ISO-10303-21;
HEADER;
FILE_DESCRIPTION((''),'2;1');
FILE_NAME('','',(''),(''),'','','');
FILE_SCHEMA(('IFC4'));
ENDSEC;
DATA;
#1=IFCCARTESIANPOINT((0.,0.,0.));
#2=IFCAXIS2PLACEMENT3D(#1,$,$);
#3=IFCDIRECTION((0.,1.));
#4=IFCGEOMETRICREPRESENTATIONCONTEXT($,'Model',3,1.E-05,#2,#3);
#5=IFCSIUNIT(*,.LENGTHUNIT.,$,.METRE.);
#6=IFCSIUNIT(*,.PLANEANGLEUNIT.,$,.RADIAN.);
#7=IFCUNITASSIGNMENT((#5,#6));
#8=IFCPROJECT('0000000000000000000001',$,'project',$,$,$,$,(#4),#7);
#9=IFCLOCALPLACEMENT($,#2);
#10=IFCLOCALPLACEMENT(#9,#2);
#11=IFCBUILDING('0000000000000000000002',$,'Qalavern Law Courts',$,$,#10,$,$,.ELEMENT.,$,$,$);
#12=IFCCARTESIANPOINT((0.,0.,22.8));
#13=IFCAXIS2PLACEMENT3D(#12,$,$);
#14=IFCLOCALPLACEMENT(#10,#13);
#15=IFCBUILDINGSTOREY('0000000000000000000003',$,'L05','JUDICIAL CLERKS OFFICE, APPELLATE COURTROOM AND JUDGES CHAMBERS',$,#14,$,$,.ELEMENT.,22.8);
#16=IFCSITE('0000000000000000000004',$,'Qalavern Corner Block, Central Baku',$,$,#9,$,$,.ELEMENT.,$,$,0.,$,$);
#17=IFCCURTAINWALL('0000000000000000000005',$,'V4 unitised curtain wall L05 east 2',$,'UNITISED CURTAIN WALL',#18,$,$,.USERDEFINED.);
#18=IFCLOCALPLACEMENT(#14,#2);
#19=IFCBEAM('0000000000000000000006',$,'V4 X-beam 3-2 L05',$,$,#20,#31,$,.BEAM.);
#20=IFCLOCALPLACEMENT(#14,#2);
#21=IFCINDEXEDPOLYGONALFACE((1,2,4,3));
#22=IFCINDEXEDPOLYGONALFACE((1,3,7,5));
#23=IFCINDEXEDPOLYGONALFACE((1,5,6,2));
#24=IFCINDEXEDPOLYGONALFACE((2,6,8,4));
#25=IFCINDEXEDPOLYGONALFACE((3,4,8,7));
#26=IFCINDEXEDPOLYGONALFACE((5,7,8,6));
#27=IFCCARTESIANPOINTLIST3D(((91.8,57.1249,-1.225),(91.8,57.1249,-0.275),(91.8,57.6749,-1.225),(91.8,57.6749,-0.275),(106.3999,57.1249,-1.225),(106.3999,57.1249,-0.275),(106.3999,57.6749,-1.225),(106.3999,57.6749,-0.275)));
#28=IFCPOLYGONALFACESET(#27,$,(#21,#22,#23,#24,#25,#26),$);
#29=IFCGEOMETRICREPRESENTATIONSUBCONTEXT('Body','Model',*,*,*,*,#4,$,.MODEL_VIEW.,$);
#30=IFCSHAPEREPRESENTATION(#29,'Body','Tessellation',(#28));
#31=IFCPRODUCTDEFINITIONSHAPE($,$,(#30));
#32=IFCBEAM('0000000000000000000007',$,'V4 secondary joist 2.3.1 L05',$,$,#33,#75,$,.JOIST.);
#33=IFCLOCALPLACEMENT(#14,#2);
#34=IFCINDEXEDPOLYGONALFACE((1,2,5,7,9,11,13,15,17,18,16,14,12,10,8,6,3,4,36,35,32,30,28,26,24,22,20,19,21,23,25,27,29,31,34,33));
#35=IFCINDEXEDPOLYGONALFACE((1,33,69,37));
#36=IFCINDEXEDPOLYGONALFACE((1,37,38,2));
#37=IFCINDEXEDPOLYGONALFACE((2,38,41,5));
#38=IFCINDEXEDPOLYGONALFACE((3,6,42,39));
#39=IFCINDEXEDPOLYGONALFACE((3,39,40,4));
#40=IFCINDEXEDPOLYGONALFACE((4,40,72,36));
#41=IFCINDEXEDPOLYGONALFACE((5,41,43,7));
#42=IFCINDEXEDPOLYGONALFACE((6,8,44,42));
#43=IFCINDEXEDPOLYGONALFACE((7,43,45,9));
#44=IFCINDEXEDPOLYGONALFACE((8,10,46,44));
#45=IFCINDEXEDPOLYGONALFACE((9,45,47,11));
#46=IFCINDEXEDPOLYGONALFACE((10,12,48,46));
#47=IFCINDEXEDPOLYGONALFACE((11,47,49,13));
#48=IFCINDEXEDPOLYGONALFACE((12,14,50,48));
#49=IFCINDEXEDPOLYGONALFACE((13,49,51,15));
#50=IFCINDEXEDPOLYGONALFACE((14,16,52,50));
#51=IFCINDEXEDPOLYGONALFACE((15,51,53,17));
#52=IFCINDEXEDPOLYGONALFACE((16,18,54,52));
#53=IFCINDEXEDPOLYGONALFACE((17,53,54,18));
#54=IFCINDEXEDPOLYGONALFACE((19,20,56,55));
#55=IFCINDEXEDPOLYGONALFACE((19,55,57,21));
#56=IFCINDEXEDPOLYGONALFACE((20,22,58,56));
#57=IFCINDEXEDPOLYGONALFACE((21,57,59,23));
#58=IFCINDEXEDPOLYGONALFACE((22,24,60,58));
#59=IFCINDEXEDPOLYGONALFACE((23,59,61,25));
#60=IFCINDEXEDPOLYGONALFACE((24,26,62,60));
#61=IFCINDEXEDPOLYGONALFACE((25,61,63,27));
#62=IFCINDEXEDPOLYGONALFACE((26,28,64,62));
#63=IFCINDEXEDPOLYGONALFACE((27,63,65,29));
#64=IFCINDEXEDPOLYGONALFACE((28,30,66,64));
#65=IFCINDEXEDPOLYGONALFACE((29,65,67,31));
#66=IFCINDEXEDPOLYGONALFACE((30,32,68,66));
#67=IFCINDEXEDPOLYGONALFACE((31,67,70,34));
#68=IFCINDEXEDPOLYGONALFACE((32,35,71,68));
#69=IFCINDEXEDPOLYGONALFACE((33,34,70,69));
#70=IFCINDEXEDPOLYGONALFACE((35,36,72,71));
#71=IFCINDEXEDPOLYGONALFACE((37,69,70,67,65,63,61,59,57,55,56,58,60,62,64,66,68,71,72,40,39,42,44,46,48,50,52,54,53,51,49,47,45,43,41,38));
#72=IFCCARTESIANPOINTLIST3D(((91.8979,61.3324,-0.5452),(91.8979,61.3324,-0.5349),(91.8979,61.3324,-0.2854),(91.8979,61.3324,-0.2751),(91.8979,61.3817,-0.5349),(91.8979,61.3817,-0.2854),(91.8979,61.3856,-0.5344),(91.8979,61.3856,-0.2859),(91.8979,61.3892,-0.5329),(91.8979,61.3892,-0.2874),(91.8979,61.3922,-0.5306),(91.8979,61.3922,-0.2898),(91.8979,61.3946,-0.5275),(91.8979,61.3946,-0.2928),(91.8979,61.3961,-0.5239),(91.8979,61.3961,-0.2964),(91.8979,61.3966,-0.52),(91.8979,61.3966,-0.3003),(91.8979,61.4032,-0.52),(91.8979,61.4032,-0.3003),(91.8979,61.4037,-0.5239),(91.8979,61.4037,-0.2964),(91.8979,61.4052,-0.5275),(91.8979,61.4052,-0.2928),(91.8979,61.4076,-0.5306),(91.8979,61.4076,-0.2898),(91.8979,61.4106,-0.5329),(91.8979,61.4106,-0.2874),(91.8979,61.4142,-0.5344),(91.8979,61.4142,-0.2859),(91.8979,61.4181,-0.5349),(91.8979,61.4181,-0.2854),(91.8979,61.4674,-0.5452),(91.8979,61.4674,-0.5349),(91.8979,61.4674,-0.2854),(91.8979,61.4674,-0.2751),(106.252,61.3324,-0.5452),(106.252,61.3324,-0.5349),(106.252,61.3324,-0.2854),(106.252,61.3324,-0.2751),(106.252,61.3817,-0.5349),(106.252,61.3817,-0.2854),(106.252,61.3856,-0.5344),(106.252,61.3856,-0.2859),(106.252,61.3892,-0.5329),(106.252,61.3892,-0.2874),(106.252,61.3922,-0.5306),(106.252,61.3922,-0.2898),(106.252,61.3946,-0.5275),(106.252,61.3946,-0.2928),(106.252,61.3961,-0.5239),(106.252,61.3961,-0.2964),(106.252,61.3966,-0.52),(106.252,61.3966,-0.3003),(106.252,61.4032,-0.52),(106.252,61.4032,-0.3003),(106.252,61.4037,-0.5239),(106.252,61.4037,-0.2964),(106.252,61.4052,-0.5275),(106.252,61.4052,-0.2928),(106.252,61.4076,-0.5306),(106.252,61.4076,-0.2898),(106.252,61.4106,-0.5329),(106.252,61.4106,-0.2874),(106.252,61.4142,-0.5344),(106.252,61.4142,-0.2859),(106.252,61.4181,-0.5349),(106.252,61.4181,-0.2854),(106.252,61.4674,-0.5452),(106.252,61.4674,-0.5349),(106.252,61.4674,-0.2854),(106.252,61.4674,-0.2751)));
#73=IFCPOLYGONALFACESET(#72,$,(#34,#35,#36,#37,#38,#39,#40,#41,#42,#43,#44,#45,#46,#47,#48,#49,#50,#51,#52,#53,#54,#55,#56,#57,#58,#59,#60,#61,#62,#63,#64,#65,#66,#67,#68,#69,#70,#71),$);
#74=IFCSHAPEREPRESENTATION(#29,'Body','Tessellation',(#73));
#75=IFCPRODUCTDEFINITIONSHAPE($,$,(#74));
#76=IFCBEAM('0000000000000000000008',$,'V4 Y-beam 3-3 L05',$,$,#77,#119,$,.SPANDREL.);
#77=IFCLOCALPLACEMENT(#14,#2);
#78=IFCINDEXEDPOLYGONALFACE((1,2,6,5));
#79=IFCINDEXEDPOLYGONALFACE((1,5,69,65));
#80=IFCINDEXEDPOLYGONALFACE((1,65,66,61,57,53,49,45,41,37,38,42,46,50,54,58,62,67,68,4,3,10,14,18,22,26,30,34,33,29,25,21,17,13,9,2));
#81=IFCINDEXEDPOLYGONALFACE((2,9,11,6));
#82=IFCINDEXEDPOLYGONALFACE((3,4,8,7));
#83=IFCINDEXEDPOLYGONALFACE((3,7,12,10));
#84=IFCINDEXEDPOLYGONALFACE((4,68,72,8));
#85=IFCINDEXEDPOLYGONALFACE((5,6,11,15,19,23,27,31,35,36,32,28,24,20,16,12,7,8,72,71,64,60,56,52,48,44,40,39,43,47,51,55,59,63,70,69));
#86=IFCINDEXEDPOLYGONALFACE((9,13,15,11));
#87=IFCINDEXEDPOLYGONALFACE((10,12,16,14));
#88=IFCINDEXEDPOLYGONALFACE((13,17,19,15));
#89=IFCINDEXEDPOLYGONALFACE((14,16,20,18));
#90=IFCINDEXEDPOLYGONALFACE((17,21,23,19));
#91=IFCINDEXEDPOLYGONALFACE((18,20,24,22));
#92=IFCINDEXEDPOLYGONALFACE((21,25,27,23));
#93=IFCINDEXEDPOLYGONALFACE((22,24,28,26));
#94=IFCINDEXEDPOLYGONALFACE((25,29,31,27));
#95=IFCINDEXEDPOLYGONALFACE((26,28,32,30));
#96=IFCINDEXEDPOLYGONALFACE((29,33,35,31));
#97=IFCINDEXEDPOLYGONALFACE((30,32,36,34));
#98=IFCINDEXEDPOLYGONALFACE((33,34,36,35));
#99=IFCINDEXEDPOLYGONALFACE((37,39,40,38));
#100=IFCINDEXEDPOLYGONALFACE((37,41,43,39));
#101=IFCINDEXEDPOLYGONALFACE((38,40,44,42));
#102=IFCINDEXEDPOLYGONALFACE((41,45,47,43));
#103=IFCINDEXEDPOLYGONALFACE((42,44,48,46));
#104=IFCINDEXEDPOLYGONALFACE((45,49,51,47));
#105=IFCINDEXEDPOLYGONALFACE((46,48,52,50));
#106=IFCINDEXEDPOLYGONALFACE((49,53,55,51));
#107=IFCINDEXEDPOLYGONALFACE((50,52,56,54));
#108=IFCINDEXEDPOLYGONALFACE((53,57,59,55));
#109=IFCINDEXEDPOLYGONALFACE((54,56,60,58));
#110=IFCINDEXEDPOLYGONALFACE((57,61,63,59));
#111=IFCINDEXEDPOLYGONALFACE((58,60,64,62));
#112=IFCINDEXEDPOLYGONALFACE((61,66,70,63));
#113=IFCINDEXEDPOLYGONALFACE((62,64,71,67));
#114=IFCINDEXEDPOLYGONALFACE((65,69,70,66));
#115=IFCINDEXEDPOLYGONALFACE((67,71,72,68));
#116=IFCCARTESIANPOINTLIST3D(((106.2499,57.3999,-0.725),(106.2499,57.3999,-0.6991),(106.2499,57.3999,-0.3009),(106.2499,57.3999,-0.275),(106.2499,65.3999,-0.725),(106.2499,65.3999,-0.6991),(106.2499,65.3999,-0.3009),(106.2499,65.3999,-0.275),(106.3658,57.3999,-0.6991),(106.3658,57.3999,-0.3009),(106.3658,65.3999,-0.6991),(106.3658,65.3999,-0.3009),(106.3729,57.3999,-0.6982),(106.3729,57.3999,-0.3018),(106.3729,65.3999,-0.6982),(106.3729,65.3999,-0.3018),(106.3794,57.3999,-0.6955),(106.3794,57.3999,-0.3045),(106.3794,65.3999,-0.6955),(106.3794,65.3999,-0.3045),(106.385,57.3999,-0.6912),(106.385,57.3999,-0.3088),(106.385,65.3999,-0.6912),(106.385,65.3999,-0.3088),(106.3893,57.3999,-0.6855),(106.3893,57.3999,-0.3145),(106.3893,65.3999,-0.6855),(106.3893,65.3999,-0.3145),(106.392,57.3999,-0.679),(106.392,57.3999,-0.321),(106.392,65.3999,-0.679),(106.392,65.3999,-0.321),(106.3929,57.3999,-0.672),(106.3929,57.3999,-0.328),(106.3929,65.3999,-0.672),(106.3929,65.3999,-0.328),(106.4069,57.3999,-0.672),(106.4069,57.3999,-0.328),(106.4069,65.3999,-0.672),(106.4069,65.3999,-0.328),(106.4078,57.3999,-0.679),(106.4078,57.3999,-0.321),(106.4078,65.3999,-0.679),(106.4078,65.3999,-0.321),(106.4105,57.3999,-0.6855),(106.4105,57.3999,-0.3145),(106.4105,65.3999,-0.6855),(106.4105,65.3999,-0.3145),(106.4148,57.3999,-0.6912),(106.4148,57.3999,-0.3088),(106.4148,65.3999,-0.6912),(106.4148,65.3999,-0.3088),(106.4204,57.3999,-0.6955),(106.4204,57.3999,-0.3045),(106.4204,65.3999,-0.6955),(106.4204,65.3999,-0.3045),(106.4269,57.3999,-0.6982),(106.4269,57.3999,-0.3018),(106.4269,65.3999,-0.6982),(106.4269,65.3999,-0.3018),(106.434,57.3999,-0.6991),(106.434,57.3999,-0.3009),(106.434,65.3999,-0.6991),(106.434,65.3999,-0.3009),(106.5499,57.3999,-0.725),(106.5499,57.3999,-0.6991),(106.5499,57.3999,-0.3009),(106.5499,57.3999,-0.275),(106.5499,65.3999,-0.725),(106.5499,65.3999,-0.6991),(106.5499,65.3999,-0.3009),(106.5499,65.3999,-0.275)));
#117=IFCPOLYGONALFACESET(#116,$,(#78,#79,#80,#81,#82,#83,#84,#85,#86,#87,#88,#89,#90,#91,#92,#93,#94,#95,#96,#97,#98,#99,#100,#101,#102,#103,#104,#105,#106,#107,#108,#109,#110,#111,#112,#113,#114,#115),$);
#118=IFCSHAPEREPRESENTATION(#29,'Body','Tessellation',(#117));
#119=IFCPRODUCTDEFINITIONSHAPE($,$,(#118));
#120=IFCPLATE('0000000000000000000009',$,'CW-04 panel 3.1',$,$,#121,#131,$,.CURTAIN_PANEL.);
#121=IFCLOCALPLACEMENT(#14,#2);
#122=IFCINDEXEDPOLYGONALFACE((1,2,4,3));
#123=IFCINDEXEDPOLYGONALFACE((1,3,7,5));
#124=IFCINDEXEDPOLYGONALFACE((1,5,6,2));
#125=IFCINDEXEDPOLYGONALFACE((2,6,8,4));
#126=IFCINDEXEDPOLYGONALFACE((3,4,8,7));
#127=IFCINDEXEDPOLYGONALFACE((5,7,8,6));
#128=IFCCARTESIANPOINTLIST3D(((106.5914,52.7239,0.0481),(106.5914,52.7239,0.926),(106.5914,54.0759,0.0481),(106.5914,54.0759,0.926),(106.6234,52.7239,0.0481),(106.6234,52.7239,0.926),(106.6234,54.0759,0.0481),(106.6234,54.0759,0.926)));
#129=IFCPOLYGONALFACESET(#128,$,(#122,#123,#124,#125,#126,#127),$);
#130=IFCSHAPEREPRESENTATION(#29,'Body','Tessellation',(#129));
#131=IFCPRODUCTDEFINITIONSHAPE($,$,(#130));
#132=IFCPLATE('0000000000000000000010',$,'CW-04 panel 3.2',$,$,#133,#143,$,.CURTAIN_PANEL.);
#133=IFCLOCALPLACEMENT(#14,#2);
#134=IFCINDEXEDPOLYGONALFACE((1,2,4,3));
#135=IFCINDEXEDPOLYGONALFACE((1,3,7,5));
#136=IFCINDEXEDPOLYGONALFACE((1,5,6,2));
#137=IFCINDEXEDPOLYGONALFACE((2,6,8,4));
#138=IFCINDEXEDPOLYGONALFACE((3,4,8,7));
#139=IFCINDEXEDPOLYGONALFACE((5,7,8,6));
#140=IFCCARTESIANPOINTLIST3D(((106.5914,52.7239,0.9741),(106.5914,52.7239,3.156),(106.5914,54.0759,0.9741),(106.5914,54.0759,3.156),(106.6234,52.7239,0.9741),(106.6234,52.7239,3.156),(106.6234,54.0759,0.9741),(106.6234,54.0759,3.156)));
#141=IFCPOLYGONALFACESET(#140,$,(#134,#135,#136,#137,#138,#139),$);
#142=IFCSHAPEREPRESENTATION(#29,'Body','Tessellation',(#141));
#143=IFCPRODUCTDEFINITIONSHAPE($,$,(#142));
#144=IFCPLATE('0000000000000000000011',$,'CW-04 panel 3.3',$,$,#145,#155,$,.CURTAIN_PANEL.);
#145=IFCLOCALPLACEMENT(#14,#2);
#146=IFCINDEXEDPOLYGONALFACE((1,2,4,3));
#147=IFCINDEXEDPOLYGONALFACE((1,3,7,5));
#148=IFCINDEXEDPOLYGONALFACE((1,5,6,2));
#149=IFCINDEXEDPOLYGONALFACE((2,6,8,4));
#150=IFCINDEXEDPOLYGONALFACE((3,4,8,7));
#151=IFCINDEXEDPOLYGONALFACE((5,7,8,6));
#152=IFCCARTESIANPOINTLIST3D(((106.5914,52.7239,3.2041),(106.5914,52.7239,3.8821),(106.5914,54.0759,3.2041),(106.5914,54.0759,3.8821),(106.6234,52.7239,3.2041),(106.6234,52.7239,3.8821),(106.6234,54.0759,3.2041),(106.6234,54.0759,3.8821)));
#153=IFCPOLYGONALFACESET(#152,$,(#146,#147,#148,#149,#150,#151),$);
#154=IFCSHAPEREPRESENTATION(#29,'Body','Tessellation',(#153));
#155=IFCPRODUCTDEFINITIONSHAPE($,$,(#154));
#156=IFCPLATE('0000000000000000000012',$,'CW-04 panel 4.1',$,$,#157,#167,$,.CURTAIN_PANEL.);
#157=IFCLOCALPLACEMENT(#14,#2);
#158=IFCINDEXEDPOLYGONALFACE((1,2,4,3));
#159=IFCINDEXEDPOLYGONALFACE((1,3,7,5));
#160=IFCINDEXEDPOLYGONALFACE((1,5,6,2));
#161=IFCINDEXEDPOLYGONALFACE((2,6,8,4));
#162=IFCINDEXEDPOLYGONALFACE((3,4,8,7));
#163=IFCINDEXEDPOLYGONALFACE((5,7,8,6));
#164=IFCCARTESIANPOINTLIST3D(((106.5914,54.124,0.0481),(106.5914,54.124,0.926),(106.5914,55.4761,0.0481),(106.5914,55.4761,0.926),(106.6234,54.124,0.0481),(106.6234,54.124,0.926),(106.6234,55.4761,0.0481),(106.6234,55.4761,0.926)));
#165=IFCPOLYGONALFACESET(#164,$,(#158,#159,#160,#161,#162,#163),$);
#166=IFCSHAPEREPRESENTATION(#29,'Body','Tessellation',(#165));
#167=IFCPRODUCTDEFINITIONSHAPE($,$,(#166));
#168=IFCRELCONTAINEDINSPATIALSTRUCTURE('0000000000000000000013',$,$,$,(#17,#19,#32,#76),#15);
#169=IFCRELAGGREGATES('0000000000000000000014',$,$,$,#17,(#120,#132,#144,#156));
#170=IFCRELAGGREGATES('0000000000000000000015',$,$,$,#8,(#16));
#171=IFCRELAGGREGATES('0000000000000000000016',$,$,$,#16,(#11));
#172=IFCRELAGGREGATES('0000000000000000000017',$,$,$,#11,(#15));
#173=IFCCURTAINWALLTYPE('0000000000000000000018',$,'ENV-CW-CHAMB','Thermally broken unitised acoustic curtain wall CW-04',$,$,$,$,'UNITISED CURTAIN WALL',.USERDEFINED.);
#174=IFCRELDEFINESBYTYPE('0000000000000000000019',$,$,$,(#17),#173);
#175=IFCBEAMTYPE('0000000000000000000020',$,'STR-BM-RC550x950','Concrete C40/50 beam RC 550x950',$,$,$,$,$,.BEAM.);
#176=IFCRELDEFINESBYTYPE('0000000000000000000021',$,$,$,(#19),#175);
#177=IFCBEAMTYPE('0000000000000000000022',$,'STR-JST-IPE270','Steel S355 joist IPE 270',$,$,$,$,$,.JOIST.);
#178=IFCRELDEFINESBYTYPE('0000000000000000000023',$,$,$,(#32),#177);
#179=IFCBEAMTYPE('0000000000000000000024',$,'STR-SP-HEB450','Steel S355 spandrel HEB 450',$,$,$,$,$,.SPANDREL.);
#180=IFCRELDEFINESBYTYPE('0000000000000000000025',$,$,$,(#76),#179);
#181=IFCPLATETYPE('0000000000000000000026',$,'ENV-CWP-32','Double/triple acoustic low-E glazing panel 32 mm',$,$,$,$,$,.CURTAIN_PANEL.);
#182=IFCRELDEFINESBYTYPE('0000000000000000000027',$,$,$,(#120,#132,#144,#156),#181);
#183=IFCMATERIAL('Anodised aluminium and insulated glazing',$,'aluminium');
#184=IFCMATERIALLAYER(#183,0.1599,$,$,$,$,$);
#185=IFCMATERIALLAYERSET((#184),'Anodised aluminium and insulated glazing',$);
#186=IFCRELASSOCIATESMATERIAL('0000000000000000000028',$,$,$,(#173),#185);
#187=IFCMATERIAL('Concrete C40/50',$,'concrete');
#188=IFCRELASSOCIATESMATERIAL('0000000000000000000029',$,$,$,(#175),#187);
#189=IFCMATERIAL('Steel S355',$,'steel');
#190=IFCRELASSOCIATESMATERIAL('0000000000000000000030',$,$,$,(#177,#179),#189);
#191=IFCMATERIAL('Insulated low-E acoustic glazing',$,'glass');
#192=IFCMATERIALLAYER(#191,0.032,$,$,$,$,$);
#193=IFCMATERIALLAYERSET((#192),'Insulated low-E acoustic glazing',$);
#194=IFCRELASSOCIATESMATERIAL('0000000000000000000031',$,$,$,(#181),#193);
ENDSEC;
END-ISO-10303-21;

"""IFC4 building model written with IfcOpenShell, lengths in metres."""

from ifc_helpers import new_model, si_unit, direction, frame, origin, origin_2d, place, context, subcontext, project, spatial, rectangle, i_section, extrude, material, layer, layer_set, material_profile, profile_set, type_object, element, aggregate, save


model = new_model("IFC4")

# Units and contexts
model_context = context("Model", 3, precision=1e-05, world=origin(), true_north=direction((0.0, 1.0)))
body_context = subcontext(model_context, "Body", "Model", "MODEL_VIEW")
ifc_project = project(units=[si_unit("LENGTHUNIT", "METRE"), si_unit("PLANEANGLEUNIT", "RADIAN")], contexts=[model_context])

# Site, building, storey
site_placement = place(None, origin())
site = spatial("IfcSite", under=ifc_project, at=site_placement, Name="Qalavern Corner Block, Central Baku", CompositionType="ELEMENT", RefElevation=0.0)
building_placement = place(site_placement, origin())
building = spatial("IfcBuilding", under=site, at=building_placement, Name="Qalavern Law Courts", CompositionType="ELEMENT")
storey_placement = place(building_placement, frame((0.0, 0.0, 22.8)))
storey = spatial("IfcBuildingStorey", under=building, at=storey_placement, Name="L05", Description="JUDICIAL CLERKS OFFICE, APPELLATE COURTROOM AND JUDGES CHAMBERS", CompositionType="ELEMENT", Elevation=22.8)

# Curtain wall
ifc_material_1 = material(Name="Anodised aluminium and insulated glazing", Category="aluminium")
ifc_layer_1 = layer(ifc_material_1, 0.1599)
ifc_layer_set_1 = layer_set([ifc_layer_1], Name="Anodised aluminium and insulated glazing")
curtain_wall_type = type_object("IfcCurtainWallType", Name="ENV-CW-CHAMB", Description="Thermally broken unitised acoustic curtain wall CW-04", ElementType="UNITISED CURTAIN WALL", PredefinedType="USERDEFINED", material=ifc_layer_set_1)
curtain_wall_placement = place(storey_placement, origin())
curtain_wall = element("IfcCurtainWall", 1, at=curtain_wall_placement, inside=storey, type_object=curtain_wall_type, Name="V4 unitised curtain wall L05 east 2", ObjectType="UNITISED CURTAIN WALL", PredefinedType="USERDEFINED")

# Beams
ifc_material_2 = material(Name="Steel S355", Category="steel")
ifc_material_3 = material(Name="Concrete C40/50", Category="concrete")
ifc_material_profile_1 = material_profile(ifc_material_3, rectangle(XDim=0.55, YDim=0.95, at=origin_2d()), Name="RC 550x950")
ifc_profile_set_1 = profile_set([ifc_material_profile_1], Name="Concrete C40/50")
beam_type_1 = type_object("IfcBeamType", Name="STR-BM-RC550x950", Description="Concrete C40/50 beam RC 550x950", PredefinedType="BEAM", material=ifc_profile_set_1)
beam_1_placement = place(storey_placement, frame((91.8, 57.3999, -0.75), z_axis=(1.0, 0.0, 0.0), x_axis=(0.0, 1.0, 0.0)))
element("IfcBeam", 2, at=beam_1_placement, inside=storey, type_object=beam_type_1, Name="V4 X-beam 3-2 L05", PredefinedType="BEAM", context=body_context, shape_type="SweptSolid", body=[
    extrude(rectangle(XDim=0.55, YDim=0.95, at=origin_2d()), origin(), (0.0, 0.0, 1.0), 14.5999),
])
ifc_material_profile_2 = material_profile(ifc_material_2, i_section(OverallWidth=0.135, OverallDepth=0.27, WebThickness=0.0066, FlangeThickness=0.0103, FilletRadius=0.0149, at=origin_2d()), Name="IPE 270")
ifc_profile_set_2 = profile_set([ifc_material_profile_2], Name="Steel S355")
beam_type_2 = type_object("IfcBeamType", Name="STR-JST-IPE270", Description="Steel S355 joist IPE 270", PredefinedType="JOIST", material=ifc_profile_set_2)
beam_2_placement = place(storey_placement, frame((91.8979, 61.3999, -0.4102), z_axis=(1.0, 0.0, 0.0), x_axis=(0.0, 1.0, 0.0)))
element("IfcBeam", 3, at=beam_2_placement, inside=storey, type_object=beam_type_2, Name="V4 secondary joist 2.3.1 L05", PredefinedType="JOIST", context=body_context, shape_type="SweptSolid", body=[
    extrude(i_section(OverallWidth=0.135, OverallDepth=0.27, WebThickness=0.0066, FlangeThickness=0.0103, FilletRadius=0.0149, at=origin_2d()), origin(), (0.0, 0.0, 1.0), 14.354),
])
ifc_material_profile_3 = material_profile(ifc_material_2, i_section(OverallWidth=0.3, OverallDepth=0.45, WebThickness=0.0139, FlangeThickness=0.0259, FilletRadius=0.0271, at=origin_2d()), Name="HEB 450")
ifc_profile_set_3 = profile_set([ifc_material_profile_3], Name="Steel S355")
beam_type_3 = type_object("IfcBeamType", Name="STR-SP-HEB450", Description="Steel S355 spandrel HEB 450", PredefinedType="SPANDREL", material=ifc_profile_set_3)
beam_3_placement = place(storey_placement, frame((106.3999, 57.3999, -0.5), z_axis=(0.0, 1.0, 0.0), x_axis=(-1.0, 0.0, 0.0)))
element("IfcBeam", 4, at=beam_3_placement, inside=storey, type_object=beam_type_3, Name="V4 Y-beam 3-3 L05", PredefinedType="SPANDREL", context=body_context, shape_type="SweptSolid", body=[
    extrude(i_section(OverallWidth=0.3, OverallDepth=0.45, WebThickness=0.0139, FlangeThickness=0.0259, FilletRadius=0.0271, at=origin_2d()), origin(), (0.0, 0.0, 1.0), 8.0),
])

# Plates
ifc_material_4 = material(Name="Insulated low-E acoustic glazing", Category="glass")
ifc_layer_2 = layer(ifc_material_4, 0.032)
ifc_layer_set_2 = layer_set([ifc_layer_2], Name="Insulated low-E acoustic glazing")
plate_type = type_object("IfcPlateType", Name="ENV-CWP-32", Description="Double/triple acoustic low-E glazing panel 32 mm", PredefinedType="CURTAIN_PANEL", material=ifc_layer_set_2)
plate_1_placement = place(storey_placement, frame((106.6074, 53.3999, 0.0481), z_axis=(0.0, 0.0, 1.0), x_axis=(0.0, 1.0, 0.0)))
plate_1 = element("IfcPlate", 5, at=plate_1_placement, type_object=plate_type, Name="CW-04 panel 3.1", PredefinedType="CURTAIN_PANEL", context=body_context, shape_type="SweptSolid", body=[
    extrude(rectangle(XDim=1.3521, YDim=0.032, at=origin_2d()), origin(), (0.0, 0.0, 1.0), 0.8779),
])
plate_2_placement = place(storey_placement, frame((106.6074, 53.3999, 0.9741), z_axis=(0.0, 0.0, 1.0), x_axis=(0.0, 1.0, 0.0)))
plate_2 = element("IfcPlate", 6, at=plate_2_placement, type_object=plate_type, Name="CW-04 panel 3.2", PredefinedType="CURTAIN_PANEL", context=body_context, shape_type="SweptSolid", body=[
    extrude(rectangle(XDim=1.3521, YDim=0.032, at=origin_2d()), origin(), (0.0, 0.0, 1.0), 2.1819),
])
plate_3_placement = place(storey_placement, frame((106.6074, 53.3999, 3.2041), z_axis=(0.0, 0.0, 1.0), x_axis=(0.0, 1.0, 0.0)))
plate_3 = element("IfcPlate", 7, at=plate_3_placement, type_object=plate_type, Name="CW-04 panel 3.3", PredefinedType="CURTAIN_PANEL", context=body_context, shape_type="SweptSolid", body=[
    extrude(rectangle(XDim=1.3521, YDim=0.032, at=origin_2d()), origin(), (0.0, 0.0, 1.0), 0.678),
])
plate_4_placement = place(storey_placement, frame((106.6074, 54.8, 0.0481), z_axis=(0.0, 0.0, 1.0), x_axis=(0.0, 1.0, 0.0)))
plate_4 = element("IfcPlate", 8, at=plate_4_placement, type_object=plate_type, Name="CW-04 panel 4.1", PredefinedType="CURTAIN_PANEL", context=body_context, shape_type="SweptSolid", body=[
    extrude(rectangle(XDim=1.3521, YDim=0.032, at=origin_2d()), origin(), (0.0, 0.0, 1.0), 0.8779),
])
aggregate(curtain_wall, [plate_1, plate_2, plate_3, plate_4])

save(model, "model.ifc")
